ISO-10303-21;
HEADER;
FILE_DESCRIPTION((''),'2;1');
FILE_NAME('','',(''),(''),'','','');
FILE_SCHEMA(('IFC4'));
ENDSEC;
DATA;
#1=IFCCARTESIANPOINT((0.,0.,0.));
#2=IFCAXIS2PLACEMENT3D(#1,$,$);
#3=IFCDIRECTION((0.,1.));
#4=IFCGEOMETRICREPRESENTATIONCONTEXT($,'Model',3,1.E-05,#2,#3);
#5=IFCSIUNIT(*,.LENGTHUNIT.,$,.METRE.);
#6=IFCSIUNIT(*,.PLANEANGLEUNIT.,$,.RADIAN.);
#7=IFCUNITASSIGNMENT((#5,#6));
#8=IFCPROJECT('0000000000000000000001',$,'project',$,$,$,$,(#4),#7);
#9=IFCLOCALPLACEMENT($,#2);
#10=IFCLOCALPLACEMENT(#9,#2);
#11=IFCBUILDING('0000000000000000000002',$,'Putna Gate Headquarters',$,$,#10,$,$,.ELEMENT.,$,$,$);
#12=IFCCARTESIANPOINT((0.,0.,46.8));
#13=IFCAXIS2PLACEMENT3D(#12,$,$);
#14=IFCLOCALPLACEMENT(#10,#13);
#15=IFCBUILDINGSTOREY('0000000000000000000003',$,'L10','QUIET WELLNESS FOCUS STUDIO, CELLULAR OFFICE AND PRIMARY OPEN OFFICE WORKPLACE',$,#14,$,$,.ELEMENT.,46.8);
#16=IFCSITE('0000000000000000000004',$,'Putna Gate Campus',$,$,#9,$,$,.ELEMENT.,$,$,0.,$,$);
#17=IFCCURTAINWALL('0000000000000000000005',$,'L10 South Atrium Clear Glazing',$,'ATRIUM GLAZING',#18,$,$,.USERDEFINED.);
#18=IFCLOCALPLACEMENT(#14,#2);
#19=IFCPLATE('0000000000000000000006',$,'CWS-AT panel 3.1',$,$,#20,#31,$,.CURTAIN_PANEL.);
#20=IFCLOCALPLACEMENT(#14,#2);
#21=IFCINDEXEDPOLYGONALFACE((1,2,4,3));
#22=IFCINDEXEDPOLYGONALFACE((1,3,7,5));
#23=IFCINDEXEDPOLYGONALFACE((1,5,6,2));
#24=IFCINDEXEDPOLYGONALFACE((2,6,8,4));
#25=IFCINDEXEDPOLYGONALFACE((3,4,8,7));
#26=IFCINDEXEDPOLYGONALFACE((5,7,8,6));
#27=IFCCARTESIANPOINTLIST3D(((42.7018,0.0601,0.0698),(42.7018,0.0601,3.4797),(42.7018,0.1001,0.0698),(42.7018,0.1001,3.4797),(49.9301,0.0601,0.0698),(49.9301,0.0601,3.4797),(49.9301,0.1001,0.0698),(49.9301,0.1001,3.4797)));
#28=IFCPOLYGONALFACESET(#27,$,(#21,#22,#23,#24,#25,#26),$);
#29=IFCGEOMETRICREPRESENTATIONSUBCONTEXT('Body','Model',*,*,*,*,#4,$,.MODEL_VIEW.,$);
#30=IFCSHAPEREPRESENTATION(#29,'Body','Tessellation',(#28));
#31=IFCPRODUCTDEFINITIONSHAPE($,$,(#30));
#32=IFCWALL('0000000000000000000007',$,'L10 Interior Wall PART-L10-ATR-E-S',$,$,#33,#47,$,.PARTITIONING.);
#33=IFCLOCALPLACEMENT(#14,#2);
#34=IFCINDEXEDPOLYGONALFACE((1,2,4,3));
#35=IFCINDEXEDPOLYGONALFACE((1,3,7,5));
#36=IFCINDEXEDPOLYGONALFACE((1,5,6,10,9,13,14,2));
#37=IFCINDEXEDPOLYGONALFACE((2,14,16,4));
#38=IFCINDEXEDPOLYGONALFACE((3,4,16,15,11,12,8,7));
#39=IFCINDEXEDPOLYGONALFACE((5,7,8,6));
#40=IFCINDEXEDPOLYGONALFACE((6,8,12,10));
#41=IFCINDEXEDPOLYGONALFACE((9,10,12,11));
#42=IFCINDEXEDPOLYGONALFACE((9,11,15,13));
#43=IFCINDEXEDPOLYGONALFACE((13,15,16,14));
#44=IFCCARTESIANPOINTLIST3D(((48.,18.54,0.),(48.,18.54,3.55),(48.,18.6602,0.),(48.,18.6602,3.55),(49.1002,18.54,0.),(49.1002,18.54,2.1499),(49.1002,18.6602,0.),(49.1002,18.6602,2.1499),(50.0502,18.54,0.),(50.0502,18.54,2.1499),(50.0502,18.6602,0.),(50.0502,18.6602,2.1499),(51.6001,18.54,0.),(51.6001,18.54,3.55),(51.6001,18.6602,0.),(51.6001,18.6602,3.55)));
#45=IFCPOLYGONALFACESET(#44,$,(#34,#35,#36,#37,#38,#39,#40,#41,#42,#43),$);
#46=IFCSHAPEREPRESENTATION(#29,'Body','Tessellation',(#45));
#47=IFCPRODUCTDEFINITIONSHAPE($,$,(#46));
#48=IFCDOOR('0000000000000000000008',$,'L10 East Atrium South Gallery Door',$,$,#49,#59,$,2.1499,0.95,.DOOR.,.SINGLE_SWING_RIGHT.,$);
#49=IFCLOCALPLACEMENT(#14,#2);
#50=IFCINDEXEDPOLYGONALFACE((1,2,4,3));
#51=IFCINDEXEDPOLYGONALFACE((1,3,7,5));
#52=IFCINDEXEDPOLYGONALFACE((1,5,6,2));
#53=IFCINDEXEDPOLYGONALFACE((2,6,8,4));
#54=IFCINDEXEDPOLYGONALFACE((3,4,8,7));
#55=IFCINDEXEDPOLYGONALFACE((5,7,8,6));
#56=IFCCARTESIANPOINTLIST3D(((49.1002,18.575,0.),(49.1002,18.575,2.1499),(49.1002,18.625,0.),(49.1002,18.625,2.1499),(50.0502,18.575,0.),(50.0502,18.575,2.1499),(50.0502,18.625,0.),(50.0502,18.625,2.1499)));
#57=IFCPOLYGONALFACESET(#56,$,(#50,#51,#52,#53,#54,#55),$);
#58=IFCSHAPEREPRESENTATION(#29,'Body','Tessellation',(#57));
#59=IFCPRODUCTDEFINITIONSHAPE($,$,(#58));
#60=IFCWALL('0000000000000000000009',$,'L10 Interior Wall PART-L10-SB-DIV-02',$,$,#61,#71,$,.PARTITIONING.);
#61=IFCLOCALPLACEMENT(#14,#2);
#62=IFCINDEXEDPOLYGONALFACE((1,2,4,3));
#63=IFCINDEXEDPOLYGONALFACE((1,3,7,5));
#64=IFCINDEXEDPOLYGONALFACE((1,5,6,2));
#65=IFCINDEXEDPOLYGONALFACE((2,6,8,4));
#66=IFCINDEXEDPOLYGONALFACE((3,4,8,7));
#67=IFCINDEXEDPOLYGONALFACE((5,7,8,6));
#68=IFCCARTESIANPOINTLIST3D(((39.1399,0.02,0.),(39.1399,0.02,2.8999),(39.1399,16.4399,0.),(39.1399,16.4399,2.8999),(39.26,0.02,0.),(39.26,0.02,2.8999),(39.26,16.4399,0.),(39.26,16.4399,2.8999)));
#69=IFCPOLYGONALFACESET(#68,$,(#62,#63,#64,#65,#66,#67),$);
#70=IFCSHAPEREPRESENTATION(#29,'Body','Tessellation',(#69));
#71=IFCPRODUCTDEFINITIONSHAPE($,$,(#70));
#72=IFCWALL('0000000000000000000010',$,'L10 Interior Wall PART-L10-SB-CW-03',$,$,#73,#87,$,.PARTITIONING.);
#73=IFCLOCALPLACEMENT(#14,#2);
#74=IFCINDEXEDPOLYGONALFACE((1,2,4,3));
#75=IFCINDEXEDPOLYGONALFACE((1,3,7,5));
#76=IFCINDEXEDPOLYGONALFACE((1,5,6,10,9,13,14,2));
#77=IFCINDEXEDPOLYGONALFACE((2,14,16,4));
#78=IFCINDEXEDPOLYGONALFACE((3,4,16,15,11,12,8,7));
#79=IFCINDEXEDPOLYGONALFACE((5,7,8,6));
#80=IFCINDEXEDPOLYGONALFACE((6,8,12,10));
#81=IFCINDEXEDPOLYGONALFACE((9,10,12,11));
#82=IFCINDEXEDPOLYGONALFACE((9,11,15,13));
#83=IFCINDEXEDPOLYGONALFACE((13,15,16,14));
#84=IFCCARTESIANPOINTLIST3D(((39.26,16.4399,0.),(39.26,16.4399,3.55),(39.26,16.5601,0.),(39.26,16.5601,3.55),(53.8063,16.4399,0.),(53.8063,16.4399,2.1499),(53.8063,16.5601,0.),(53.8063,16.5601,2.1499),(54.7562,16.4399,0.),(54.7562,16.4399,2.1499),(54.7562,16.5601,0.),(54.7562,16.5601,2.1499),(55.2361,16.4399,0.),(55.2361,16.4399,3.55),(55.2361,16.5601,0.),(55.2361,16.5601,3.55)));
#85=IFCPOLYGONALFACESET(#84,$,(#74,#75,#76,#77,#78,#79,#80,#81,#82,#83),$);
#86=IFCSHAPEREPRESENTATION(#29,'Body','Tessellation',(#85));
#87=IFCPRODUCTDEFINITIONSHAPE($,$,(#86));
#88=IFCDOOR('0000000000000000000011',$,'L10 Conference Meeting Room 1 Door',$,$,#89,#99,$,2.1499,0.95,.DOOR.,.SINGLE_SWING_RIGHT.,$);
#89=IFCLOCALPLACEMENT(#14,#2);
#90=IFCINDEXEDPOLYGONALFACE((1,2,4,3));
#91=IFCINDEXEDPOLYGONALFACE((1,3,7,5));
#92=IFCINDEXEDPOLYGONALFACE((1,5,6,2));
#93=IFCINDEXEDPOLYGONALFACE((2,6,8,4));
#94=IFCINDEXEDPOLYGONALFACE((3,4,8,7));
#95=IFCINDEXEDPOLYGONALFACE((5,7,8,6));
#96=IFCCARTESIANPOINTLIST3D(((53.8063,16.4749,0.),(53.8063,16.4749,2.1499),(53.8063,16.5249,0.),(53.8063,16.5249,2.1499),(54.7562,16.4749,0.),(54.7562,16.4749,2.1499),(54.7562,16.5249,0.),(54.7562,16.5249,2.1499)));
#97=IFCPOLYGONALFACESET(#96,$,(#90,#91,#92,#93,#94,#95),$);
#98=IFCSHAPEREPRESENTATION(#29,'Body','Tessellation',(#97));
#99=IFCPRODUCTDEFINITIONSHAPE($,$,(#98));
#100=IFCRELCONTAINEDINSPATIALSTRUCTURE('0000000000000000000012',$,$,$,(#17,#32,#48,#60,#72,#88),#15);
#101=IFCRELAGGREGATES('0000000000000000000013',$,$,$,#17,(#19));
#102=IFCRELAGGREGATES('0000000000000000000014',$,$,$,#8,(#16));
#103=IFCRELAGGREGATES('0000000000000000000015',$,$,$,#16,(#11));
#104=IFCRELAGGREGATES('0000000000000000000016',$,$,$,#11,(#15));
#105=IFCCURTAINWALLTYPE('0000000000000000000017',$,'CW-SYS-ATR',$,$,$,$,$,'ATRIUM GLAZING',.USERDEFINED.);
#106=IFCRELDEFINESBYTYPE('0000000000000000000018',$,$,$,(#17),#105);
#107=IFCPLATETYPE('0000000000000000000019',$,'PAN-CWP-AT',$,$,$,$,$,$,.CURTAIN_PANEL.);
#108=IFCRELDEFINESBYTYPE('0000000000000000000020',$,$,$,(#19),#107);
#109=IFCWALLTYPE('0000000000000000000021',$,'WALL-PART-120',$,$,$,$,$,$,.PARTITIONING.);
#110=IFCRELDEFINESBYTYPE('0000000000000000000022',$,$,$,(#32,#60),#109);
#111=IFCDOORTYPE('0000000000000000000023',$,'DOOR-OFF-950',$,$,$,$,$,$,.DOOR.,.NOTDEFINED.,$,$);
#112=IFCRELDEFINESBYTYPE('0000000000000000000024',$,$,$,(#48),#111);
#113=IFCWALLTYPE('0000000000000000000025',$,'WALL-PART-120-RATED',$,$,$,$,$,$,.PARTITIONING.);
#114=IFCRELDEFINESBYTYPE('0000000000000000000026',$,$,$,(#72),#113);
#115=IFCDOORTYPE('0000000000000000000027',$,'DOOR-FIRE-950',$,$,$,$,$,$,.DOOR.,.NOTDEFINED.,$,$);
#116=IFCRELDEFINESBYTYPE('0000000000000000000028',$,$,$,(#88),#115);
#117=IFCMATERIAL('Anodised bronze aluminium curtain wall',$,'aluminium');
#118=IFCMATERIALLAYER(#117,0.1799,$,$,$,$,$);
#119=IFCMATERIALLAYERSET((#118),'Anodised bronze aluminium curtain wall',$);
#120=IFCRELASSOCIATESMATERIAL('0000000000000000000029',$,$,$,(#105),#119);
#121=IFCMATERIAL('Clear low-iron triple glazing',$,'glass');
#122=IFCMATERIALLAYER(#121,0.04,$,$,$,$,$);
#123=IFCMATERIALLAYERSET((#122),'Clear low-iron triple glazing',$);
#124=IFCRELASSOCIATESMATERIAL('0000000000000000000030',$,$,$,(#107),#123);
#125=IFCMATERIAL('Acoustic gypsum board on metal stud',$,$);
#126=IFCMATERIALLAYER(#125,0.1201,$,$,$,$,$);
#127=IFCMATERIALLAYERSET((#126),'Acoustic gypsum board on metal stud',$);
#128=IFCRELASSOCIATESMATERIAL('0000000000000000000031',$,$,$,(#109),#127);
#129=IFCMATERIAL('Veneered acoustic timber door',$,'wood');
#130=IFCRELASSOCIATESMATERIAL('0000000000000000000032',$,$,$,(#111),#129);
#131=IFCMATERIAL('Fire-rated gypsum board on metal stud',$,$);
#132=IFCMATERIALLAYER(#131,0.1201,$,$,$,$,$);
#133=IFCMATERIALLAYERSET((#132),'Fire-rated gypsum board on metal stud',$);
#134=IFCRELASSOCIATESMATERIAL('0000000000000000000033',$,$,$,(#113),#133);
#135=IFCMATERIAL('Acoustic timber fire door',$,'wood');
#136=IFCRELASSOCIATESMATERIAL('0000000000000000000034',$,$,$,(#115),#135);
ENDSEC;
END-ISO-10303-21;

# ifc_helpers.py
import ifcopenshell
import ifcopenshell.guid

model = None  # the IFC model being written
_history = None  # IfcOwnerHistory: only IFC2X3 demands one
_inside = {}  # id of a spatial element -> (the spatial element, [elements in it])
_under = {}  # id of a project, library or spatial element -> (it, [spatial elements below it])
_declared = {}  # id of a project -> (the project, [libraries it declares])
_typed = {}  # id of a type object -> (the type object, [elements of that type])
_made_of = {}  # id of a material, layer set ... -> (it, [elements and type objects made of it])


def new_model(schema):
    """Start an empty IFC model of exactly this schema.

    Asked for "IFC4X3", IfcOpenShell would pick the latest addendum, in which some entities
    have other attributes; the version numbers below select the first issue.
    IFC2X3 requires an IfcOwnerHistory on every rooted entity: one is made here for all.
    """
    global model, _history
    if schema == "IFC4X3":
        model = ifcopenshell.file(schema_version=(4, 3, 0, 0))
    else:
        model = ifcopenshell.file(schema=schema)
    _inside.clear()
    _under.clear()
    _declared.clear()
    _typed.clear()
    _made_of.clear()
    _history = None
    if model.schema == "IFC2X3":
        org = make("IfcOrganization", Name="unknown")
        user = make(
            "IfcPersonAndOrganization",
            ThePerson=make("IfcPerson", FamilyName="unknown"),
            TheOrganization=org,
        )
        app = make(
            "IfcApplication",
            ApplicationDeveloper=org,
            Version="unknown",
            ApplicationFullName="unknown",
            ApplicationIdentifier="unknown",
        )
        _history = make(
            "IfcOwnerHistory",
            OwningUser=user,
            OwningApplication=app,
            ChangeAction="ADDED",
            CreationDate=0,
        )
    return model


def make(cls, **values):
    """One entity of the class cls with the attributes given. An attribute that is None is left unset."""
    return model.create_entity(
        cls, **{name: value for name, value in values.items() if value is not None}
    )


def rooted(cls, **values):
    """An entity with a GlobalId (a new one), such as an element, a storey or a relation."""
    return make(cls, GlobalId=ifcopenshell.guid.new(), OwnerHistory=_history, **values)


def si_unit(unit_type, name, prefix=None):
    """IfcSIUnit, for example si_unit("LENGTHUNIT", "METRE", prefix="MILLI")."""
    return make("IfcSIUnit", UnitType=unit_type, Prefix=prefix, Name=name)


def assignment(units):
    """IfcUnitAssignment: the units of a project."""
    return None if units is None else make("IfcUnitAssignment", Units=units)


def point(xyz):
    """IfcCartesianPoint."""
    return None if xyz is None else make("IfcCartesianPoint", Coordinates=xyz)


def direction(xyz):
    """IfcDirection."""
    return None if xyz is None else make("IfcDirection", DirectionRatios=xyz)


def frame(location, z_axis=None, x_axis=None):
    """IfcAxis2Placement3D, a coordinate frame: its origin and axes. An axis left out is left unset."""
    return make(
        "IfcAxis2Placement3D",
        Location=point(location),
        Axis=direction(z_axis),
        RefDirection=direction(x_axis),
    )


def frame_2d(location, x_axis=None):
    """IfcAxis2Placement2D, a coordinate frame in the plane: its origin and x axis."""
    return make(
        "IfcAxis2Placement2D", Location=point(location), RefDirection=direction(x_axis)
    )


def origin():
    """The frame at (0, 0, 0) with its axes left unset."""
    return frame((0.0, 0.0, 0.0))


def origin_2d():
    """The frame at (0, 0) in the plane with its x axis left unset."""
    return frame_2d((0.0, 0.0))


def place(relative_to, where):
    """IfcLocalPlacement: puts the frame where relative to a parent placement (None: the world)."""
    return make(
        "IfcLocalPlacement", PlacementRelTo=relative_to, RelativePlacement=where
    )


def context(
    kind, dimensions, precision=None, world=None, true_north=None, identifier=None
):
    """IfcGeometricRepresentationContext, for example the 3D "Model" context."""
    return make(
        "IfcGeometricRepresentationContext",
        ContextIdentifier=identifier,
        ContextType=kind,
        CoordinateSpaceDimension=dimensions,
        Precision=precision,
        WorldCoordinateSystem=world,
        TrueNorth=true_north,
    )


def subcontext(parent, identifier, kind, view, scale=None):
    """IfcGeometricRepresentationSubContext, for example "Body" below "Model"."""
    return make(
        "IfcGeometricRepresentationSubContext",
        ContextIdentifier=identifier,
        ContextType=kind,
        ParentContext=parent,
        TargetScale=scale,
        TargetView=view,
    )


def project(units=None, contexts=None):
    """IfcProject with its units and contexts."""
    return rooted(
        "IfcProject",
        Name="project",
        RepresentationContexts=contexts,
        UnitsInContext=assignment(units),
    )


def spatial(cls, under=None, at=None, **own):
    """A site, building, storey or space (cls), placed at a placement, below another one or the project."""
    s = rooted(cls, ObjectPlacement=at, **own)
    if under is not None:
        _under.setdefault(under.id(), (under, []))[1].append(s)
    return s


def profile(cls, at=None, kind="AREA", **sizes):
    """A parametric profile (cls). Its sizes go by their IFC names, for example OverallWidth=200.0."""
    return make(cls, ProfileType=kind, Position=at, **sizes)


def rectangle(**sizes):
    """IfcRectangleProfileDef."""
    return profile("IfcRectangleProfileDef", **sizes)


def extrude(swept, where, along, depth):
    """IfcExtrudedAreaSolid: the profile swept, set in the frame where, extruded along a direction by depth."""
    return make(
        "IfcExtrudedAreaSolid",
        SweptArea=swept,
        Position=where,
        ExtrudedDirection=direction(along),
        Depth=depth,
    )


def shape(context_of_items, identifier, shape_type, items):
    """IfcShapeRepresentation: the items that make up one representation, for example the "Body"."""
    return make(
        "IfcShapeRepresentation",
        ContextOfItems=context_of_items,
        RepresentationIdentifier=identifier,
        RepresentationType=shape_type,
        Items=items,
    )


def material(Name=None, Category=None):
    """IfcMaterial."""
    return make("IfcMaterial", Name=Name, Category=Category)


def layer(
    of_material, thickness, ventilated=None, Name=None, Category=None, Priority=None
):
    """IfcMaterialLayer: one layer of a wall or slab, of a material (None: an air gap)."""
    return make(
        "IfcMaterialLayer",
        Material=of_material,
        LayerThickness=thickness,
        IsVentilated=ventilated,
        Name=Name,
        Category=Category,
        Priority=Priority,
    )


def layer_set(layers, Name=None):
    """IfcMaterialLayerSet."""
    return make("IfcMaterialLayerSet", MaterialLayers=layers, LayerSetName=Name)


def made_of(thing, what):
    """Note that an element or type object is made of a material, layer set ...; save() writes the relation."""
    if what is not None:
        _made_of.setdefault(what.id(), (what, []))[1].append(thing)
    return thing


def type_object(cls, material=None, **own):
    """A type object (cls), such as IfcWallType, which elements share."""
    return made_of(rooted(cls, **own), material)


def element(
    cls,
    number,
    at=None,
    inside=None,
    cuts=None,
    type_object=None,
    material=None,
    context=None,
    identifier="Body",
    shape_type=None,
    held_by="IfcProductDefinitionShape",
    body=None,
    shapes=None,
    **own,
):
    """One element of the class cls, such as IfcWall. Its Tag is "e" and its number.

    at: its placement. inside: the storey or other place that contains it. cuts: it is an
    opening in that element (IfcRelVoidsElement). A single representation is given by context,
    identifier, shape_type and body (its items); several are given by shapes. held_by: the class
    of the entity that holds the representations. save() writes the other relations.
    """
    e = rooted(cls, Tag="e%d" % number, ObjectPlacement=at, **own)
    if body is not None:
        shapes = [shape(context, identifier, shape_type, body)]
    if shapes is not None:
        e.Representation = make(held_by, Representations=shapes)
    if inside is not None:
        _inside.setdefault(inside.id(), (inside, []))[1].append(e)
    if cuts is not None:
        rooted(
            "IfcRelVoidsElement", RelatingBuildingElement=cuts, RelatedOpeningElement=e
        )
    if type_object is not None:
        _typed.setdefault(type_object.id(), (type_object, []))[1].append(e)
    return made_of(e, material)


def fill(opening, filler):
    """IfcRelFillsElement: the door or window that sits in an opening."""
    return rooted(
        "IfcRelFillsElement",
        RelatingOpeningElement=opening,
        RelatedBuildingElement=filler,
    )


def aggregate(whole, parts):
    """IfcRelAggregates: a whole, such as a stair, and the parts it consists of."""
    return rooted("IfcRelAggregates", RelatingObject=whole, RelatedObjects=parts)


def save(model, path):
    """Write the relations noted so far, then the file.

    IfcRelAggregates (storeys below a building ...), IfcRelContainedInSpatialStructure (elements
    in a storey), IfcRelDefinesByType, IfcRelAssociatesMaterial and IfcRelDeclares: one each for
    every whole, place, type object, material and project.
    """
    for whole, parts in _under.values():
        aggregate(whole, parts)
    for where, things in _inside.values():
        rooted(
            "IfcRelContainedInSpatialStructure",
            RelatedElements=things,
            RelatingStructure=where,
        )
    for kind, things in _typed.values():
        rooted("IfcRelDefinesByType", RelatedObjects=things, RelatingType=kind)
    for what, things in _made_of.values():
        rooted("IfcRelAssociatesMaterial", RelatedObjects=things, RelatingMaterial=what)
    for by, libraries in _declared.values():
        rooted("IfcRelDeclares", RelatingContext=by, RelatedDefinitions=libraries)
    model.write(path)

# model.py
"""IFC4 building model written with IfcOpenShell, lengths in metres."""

from ifc_helpers import new_model, si_unit, direction, frame, frame_2d, origin, origin_2d, place, context, subcontext, project, spatial, rectangle, extrude, material, layer, layer_set, type_object, element, fill, aggregate, save


model = new_model("IFC4")

# Units and contexts
model_context = context("Model", 3, precision=1e-05, world=origin(), true_north=direction((0.0, 1.0)))
body_context = subcontext(model_context, "Body", "Model", "MODEL_VIEW")
ifc_project = project(units=[si_unit("LENGTHUNIT", "METRE"), si_unit("PLANEANGLEUNIT", "RADIAN")], contexts=[model_context])

# Site, building, storey
site_placement = place(None, origin())
site = spatial("IfcSite", under=ifc_project, at=site_placement, Name="Putna Gate Campus", CompositionType="ELEMENT", RefElevation=0.0)
building_placement = place(site_placement, origin())
building = spatial("IfcBuilding", under=site, at=building_placement, Name="Putna Gate Headquarters", CompositionType="ELEMENT")
storey_placement = place(building_placement, frame((0.0, 0.0, 46.8)))
storey = spatial("IfcBuildingStorey", under=building, at=storey_placement, Name="L10", Description="QUIET WELLNESS FOCUS STUDIO, CELLULAR OFFICE AND PRIMARY OPEN OFFICE WORKPLACE", CompositionType="ELEMENT", Elevation=46.8)

# Curtain wall, plate
ifc_material_1 = material(Name="Anodised bronze aluminium curtain wall", Category="aluminium")
ifc_layer_1 = layer(ifc_material_1, 0.1799)
ifc_layer_set_1 = layer_set([ifc_layer_1], Name="Anodised bronze aluminium curtain wall")
curtain_wall_type = type_object("IfcCurtainWallType", Name="CW-SYS-ATR", ElementType="ATRIUM GLAZING", PredefinedType="USERDEFINED", material=ifc_layer_set_1)
curtain_wall_placement = place(storey_placement, origin())
curtain_wall = element("IfcCurtainWall", 1, at=curtain_wall_placement, inside=storey, type_object=curtain_wall_type, Name="L10 South Atrium Clear Glazing", ObjectType="ATRIUM GLAZING", PredefinedType="USERDEFINED")
ifc_material_2 = material(Name="Clear low-iron triple glazing", Category="glass")
ifc_layer_2 = layer(ifc_material_2, 0.04)
ifc_layer_set_2 = layer_set([ifc_layer_2], Name="Clear low-iron triple glazing")
plate_type = type_object("IfcPlateType", Name="PAN-CWP-AT", PredefinedType="CURTAIN_PANEL", material=ifc_layer_set_2)
plate_1_placement = place(storey_placement, frame((46.3159, 0.0801, 0.0698), z_axis=(0.0, 0.0, 1.0), x_axis=(1.0, 0.0, 0.0)))
plate_1 = element("IfcPlate", 2, at=plate_1_placement, type_object=plate_type, Name="CWS-AT panel 3.1", PredefinedType="CURTAIN_PANEL", context=body_context, shape_type="SweptSolid", body=[
    extrude(rectangle(XDim=7.2283, YDim=0.04, at=origin_2d()), origin(), (0.0, 0.0, 1.0), 3.4099),
])
aggregate(curtain_wall, [plate_1])

# Wall, opening, door
ifc_material_3 = material(Name="Acoustic gypsum board on metal stud")
ifc_layer_3 = layer(ifc_material_3, 0.1201)
ifc_layer_set_3 = layer_set([ifc_layer_3], Name="Acoustic gypsum board on metal stud")
wall_type_1 = type_object("IfcWallType", Name="WALL-PART-120", PredefinedType="PARTITIONING", material=ifc_layer_set_3)
wall_1_placement = place(storey_placement, frame((48.0, 18.6001, 0.0), z_axis=(0.0, 0.0, 1.0), x_axis=(1.0, 0.0, 0.0)))
wall_1 = element("IfcWall", 3, at=wall_1_placement, inside=storey, type_object=wall_type_1, Name="L10 Interior Wall PART-L10-ATR-E-S", PredefinedType="PARTITIONING", context=body_context, shape_type="SweptSolid", body=[
    extrude(rectangle(XDim=3.6001, YDim=0.1201, at=frame_2d((1.8, 0.0))), origin(), (0.0, 0.0, 1.0), 3.55),
])
opening_1_placement = place(wall_1_placement, frame((1.1001, 0.0, 0.0)))
opening_1 = element("IfcOpeningElement", 4, at=opening_1_placement, cuts=wall_1, PredefinedType="OPENING", context=body_context, shape_type="SweptSolid", body=[
    extrude(rectangle(XDim=0.95, YDim=2.1499, at=frame_2d((0.4751, 1.075))), frame((0.0, 0.0701, 0.0), z_axis=(0.0, -1.0, 0.0), x_axis=(1.0, 0.0, 0.0)), (0.0, 0.0, 1.0), 0.1401),
])
ifc_material_4 = material(Name="Veneered acoustic timber door", Category="wood")
door_type_1 = type_object("IfcDoorType", Name="DOOR-OFF-950", OperationType="NOTDEFINED", PredefinedType="DOOR", material=ifc_material_4)
door_1_placement = place(opening_1_placement, origin())
door_1 = element("IfcDoor", 5, at=door_1_placement, inside=storey, type_object=door_type_1, Name="L10 East Atrium South Gallery Door", OperationType="SINGLE_SWING_RIGHT", OverallHeight=2.1499, OverallWidth=0.95, PredefinedType="DOOR", context=body_context, shape_type="SweptSolid", body=[
    extrude(rectangle(XDim=0.95, YDim=2.1499, at=frame_2d((0.4751, 1.075))), frame((0.0, 0.0249, 0.0), z_axis=(0.0, -1.0, 0.0), x_axis=(1.0, 0.0, 0.0)), (0.0, 0.0, 1.0), 0.05),
])
fill(opening_1, door_1)

# Wall
wall_2_placement = place(storey_placement, frame((39.2, 0.02, 0.0), z_axis=(0.0, 0.0, 1.0), x_axis=(0.0, 1.0, 0.0)))
element("IfcWall", 6, at=wall_2_placement, inside=storey, type_object=wall_type_1, Name="L10 Interior Wall PART-L10-SB-DIV-02", PredefinedType="PARTITIONING", context=body_context, shape_type="SweptSolid", body=[
    extrude(rectangle(XDim=16.4199, YDim=0.1201, at=frame_2d((8.21, 0.0))), origin(), (0.0, 0.0, 1.0), 2.8999),
])

# Wall, opening, door
ifc_material_5 = material(Name="Fire-rated gypsum board on metal stud")
ifc_layer_4 = layer(ifc_material_5, 0.1201)
ifc_layer_set_4 = layer_set([ifc_layer_4], Name="Fire-rated gypsum board on metal stud")
wall_type_2 = type_object("IfcWallType", Name="WALL-PART-120-RATED", PredefinedType="PARTITIONING", material=ifc_layer_set_4)
wall_3_placement = place(storey_placement, frame((39.26, 16.5, 0.0), z_axis=(0.0, 0.0, 1.0), x_axis=(1.0, 0.0, 0.0)))
wall_3 = element("IfcWall", 7, at=wall_3_placement, inside=storey, type_object=wall_type_2, Name="L10 Interior Wall PART-L10-SB-CW-03", PredefinedType="PARTITIONING", context=body_context, shape_type="SweptSolid", body=[
    extrude(rectangle(XDim=15.9761, YDim=0.1201, at=frame_2d((7.988, 0.0))), origin(), (0.0, 0.0, 1.0), 3.55),
])
opening_2_placement = place(wall_3_placement, frame((14.5461, 0.0, 0.0)))
opening_2 = element("IfcOpeningElement", 8, at=opening_2_placement, cuts=wall_3, PredefinedType="OPENING", context=body_context, shape_type="SweptSolid", body=[
    extrude(rectangle(XDim=0.95, YDim=2.1499, at=frame_2d((0.4751, 1.075))), frame((0.0, 0.0701, 0.0), z_axis=(0.0, -1.0, 0.0), x_axis=(1.0, 0.0, 0.0)), (0.0, 0.0, 1.0), 0.1401),
])
ifc_material_6 = material(Name="Acoustic timber fire door", Category="wood")
door_type_2 = type_object("IfcDoorType", Name="DOOR-FIRE-950", OperationType="NOTDEFINED", PredefinedType="DOOR", material=ifc_material_6)
door_2_placement = place(opening_2_placement, origin())
door_2 = element("IfcDoor", 9, at=door_2_placement, inside=storey, type_object=door_type_2, Name="L10 Conference Meeting Room 1 Door", OperationType="SINGLE_SWING_RIGHT", OverallHeight=2.1499, OverallWidth=0.95, PredefinedType="DOOR", context=body_context, shape_type="SweptSolid", body=[
    extrude(rectangle(XDim=0.95, YDim=2.1499, at=frame_2d((0.4751, 1.075))), frame((0.0, 0.0249, 0.0), z_axis=(0.0, -1.0, 0.0), x_axis=(1.0, 0.0, 0.0)), (0.0, 0.0, 1.0), 0.05),
])
fill(opening_2, door_2)

save(model, "model.ifc")
